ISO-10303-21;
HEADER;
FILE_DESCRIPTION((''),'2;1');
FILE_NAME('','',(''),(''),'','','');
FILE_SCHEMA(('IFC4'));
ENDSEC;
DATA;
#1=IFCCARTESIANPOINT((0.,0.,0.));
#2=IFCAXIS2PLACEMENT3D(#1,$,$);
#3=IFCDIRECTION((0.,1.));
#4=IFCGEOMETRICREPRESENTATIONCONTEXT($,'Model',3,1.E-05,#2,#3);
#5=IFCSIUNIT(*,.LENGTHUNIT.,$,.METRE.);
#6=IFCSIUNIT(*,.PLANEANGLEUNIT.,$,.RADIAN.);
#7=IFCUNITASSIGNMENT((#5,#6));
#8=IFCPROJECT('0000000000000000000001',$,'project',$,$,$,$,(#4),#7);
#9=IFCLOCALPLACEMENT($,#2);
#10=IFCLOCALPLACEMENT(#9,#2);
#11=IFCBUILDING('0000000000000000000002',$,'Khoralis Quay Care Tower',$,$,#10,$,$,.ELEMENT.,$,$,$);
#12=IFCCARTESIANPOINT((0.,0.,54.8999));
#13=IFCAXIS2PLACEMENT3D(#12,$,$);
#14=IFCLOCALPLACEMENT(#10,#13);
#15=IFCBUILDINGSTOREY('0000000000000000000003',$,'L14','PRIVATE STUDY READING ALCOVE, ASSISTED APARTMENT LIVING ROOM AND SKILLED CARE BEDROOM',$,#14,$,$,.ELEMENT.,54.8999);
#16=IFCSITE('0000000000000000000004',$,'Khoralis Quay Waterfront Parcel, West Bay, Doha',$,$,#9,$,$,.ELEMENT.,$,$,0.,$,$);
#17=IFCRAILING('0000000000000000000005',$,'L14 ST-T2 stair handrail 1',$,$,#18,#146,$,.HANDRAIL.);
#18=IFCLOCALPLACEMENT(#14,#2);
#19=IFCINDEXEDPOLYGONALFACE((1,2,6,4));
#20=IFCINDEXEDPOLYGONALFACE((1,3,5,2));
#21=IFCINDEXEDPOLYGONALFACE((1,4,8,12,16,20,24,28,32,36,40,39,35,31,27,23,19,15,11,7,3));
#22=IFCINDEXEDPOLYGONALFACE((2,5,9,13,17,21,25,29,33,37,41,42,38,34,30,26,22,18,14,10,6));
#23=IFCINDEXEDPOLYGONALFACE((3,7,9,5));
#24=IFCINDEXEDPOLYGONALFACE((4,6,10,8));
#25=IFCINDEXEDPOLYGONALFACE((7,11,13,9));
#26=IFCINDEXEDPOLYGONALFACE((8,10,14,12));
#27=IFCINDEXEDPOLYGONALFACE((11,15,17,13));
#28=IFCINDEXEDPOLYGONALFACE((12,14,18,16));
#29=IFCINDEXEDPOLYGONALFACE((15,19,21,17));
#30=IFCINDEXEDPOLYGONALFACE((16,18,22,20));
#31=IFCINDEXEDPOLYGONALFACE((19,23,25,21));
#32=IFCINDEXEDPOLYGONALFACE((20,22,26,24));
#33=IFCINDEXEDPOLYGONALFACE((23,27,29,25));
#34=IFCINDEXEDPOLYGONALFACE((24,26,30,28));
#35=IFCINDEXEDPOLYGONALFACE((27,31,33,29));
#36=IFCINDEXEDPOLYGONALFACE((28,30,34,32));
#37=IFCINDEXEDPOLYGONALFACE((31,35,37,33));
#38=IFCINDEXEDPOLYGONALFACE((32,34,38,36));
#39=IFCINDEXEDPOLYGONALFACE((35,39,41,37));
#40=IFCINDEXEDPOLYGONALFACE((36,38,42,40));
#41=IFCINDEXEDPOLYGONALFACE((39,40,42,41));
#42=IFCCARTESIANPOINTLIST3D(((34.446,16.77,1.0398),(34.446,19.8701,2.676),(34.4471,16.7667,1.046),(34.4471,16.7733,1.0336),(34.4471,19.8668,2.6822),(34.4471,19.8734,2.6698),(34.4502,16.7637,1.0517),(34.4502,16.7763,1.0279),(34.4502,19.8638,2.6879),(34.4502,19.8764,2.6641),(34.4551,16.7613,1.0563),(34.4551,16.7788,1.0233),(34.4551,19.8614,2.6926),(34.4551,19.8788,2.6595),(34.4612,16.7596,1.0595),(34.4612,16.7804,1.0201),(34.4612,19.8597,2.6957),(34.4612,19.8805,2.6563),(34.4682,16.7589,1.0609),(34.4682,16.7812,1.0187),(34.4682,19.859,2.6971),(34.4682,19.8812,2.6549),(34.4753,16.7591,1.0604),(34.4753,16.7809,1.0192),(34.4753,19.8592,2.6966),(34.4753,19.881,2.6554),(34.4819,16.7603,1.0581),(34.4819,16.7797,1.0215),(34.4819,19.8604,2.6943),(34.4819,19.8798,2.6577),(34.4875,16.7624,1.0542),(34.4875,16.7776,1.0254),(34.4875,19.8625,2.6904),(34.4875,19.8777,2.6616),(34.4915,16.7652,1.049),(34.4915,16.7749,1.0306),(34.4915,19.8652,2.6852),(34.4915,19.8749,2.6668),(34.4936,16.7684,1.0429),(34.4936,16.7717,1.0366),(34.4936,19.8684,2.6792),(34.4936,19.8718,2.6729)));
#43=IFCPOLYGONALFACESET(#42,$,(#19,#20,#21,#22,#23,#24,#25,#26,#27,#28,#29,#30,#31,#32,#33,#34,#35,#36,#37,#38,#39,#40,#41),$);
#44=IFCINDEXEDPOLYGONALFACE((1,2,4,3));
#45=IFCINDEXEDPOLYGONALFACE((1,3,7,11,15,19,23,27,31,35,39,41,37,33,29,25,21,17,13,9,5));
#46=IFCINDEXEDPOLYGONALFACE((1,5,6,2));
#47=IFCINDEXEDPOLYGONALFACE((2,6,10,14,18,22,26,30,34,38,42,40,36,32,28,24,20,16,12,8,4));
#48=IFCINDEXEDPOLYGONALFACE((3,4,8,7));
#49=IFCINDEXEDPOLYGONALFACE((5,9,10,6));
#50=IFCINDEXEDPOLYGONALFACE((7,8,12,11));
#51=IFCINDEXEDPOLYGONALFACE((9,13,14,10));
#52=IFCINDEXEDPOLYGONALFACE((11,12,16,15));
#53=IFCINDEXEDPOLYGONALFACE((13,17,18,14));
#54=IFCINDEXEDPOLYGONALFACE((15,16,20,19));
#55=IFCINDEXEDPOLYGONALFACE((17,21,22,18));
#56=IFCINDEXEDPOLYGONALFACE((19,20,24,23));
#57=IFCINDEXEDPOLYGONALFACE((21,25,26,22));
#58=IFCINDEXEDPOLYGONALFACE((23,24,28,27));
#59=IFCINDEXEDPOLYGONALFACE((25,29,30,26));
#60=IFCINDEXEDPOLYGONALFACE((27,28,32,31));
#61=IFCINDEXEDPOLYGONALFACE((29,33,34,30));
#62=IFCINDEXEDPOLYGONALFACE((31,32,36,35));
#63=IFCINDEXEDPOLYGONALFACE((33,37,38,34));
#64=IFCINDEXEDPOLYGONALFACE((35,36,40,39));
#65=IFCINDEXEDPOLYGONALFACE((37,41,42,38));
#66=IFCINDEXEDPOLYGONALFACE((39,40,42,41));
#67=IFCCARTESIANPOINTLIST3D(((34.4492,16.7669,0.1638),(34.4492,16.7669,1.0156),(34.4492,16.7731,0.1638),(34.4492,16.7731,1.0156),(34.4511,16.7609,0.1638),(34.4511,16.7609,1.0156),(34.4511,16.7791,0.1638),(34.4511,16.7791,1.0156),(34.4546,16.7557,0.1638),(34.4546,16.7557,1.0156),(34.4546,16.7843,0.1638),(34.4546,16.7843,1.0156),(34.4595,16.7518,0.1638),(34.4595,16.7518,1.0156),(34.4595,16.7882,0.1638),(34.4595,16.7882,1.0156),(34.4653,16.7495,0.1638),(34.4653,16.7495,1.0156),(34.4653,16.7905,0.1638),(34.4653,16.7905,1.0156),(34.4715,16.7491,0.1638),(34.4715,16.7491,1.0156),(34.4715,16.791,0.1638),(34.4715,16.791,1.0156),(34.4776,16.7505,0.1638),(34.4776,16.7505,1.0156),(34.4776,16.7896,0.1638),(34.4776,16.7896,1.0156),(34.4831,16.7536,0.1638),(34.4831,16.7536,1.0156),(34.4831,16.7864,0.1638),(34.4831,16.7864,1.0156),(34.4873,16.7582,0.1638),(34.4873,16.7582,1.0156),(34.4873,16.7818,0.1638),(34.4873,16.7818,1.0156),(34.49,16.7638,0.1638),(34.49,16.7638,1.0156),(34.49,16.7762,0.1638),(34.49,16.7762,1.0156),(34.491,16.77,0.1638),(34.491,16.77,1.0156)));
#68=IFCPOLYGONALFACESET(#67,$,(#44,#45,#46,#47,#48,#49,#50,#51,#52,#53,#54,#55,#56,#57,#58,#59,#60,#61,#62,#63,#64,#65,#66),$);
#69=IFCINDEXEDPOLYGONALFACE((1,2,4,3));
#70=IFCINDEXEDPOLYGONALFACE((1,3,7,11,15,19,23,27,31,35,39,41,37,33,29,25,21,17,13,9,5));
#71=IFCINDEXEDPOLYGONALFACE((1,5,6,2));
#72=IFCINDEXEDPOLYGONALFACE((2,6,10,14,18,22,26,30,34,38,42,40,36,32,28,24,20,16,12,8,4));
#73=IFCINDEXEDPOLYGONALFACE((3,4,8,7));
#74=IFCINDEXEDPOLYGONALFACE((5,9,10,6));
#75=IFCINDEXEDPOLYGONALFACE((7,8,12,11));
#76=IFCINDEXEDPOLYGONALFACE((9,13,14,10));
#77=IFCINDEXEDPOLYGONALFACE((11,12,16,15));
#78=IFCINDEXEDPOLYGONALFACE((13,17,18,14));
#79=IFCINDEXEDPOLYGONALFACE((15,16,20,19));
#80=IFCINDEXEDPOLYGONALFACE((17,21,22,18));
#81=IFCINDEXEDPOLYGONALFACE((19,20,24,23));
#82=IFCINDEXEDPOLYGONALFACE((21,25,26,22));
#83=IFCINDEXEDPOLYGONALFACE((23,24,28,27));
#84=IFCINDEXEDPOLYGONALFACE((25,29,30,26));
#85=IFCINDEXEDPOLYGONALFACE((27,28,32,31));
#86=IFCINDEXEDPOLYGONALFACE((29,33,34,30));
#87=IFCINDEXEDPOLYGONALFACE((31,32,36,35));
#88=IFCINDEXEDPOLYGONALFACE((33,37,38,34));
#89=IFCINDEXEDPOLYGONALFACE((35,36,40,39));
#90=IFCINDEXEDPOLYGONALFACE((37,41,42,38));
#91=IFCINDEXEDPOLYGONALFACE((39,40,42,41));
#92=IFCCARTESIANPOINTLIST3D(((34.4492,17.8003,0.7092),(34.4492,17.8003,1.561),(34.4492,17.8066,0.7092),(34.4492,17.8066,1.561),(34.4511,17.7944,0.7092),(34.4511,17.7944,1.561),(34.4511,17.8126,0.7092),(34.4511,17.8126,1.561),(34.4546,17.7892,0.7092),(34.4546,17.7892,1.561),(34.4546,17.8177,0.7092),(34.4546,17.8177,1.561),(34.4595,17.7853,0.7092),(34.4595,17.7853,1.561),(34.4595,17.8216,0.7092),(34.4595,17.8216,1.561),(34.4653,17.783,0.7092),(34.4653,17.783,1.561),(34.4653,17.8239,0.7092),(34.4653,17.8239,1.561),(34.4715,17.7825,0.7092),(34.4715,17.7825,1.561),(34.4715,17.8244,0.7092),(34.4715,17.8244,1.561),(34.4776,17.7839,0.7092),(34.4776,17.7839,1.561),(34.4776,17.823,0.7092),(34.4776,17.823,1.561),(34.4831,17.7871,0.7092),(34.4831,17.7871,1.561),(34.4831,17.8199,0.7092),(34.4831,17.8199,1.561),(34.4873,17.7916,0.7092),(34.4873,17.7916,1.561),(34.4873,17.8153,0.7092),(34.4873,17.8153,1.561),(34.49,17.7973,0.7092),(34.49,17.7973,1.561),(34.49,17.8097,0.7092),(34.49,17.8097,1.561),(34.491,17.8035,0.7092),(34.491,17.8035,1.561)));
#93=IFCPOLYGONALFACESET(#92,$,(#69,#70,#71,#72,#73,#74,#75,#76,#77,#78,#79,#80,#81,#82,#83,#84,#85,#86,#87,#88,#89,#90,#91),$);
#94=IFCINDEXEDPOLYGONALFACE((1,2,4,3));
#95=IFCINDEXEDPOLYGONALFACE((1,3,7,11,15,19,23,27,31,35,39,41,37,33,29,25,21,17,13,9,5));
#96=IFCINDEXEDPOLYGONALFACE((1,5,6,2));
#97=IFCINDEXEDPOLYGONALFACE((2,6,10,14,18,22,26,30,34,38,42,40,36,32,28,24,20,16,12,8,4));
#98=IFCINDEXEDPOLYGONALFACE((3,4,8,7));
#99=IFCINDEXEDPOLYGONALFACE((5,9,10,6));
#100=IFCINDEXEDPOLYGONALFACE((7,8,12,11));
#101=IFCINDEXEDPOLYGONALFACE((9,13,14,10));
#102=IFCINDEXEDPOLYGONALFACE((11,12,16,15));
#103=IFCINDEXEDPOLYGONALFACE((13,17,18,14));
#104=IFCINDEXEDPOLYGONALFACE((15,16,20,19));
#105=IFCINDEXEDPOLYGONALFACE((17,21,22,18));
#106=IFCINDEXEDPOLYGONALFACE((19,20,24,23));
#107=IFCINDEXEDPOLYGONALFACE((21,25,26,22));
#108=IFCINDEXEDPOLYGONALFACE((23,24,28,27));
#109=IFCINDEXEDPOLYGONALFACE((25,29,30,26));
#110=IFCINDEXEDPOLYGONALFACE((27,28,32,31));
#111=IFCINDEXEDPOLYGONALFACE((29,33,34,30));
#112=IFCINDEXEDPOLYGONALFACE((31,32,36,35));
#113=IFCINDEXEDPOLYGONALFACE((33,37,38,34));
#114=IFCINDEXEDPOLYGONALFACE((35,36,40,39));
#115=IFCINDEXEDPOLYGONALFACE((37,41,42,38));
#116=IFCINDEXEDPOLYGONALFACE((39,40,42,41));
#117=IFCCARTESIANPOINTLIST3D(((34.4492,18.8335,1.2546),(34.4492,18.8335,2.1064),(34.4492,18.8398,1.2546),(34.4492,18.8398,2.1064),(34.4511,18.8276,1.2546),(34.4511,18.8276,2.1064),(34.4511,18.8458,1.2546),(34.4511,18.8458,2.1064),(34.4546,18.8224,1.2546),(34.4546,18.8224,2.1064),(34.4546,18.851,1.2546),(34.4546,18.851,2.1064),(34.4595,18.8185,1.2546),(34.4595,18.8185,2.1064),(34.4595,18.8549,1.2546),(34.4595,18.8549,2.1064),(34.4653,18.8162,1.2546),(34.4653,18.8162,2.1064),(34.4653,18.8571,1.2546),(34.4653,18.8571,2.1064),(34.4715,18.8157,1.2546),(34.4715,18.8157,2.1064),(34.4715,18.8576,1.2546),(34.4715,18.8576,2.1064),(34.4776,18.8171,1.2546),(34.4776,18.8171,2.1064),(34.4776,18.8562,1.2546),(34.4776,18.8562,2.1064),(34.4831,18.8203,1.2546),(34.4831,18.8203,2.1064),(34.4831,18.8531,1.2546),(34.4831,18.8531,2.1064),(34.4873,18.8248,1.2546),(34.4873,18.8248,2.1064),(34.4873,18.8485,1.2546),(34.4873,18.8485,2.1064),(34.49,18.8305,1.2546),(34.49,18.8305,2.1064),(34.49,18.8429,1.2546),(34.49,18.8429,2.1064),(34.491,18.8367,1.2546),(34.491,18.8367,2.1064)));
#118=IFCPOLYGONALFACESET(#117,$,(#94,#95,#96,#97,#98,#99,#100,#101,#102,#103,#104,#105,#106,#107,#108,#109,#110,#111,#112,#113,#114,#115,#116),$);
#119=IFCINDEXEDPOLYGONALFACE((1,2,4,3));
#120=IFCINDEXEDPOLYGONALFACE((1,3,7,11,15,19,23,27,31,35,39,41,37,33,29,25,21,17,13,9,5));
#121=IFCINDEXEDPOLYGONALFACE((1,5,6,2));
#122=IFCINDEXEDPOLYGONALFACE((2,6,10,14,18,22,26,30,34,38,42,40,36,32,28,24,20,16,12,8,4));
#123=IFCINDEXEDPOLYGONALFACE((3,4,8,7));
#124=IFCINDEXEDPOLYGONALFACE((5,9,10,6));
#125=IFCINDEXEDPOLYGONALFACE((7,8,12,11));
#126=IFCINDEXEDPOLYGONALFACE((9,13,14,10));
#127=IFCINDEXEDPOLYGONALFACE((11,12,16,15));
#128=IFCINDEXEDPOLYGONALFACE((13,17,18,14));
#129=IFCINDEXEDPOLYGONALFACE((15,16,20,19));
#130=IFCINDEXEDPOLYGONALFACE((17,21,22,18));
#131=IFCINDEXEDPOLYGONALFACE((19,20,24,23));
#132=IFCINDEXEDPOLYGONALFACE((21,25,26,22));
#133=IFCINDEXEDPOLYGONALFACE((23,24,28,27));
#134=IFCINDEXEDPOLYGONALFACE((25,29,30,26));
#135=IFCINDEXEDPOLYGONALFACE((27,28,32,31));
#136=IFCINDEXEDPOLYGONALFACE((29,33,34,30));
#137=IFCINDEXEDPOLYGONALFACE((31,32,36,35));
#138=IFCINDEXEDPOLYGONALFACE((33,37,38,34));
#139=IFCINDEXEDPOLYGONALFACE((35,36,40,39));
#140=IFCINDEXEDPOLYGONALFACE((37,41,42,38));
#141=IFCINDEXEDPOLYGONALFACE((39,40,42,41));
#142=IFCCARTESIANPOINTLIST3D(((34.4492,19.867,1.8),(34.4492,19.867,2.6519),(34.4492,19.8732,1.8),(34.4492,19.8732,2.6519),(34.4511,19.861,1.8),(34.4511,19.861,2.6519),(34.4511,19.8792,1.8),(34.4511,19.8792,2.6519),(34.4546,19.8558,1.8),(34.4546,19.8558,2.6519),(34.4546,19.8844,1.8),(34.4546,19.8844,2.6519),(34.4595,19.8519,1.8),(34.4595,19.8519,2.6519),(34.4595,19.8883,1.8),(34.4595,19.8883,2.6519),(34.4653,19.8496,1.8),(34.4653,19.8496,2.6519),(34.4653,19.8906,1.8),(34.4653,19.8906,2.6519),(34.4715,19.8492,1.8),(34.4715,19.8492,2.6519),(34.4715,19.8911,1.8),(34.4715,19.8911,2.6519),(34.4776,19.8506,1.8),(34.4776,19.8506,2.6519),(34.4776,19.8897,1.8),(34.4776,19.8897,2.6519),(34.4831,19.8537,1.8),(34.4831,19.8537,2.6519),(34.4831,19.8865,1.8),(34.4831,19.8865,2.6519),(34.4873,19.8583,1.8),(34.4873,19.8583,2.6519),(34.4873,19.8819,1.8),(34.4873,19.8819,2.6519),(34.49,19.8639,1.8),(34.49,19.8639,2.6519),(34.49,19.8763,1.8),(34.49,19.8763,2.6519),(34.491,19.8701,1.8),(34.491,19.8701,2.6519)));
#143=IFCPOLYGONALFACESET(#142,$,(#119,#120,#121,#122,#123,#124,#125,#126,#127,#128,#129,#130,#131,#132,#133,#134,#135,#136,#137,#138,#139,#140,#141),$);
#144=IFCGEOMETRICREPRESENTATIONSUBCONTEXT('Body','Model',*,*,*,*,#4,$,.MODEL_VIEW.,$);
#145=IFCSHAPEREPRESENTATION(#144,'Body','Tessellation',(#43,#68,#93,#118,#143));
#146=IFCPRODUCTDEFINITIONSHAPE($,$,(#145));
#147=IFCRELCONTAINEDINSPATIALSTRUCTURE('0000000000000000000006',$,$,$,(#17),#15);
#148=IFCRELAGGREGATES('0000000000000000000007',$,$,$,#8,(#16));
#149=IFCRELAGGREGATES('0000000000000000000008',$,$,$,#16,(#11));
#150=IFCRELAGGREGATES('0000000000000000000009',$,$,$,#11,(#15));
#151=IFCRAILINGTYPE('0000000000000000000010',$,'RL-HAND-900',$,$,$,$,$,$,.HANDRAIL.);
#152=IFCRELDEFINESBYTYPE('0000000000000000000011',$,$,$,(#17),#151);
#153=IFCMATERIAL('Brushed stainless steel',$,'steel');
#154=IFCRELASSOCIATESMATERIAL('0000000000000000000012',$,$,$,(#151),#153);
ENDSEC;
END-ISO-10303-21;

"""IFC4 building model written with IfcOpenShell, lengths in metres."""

from ifc_helpers import new_model, si_unit, direction, frame, origin, origin_2d, place, context, subcontext, project, spatial, circle, extrude, material, type_object, element, save


model = new_model("IFC4")

# Units and contexts
model_context = context("Model", 3, precision=1e-05, world=origin(), true_north=direction((0.0, 1.0)))
body_context = subcontext(model_context, "Body", "Model", "MODEL_VIEW")
ifc_project = project(units=[si_unit("LENGTHUNIT", "METRE"), si_unit("PLANEANGLEUNIT", "RADIAN")], contexts=[model_context])

# Site, building, storey
site_placement = place(None, origin())
site = spatial("IfcSite", under=ifc_project, at=site_placement, Name="Khoralis Quay Waterfront Parcel, West Bay, Doha", CompositionType="ELEMENT", RefElevation=0.0)
building_placement = place(site_placement, origin())
building = spatial("IfcBuilding", under=site, at=building_placement, Name="Khoralis Quay Care Tower", CompositionType="ELEMENT")
storey_placement = place(building_placement, frame((0.0, 0.0, 54.8999)))
storey = spatial("IfcBuildingStorey", under=building, at=storey_placement, Name="L14", Description="PRIVATE STUDY READING ALCOVE, ASSISTED APARTMENT LIVING ROOM AND SKILLED CARE BEDROOM", CompositionType="ELEMENT", Elevation=54.8999)

# Railing
ifc_material_1 = material(Name="Brushed stainless steel", Category="steel")
railing_type_1 = type_object("IfcRailingType", Name="RL-HAND-900", PredefinedType="HANDRAIL", material=ifc_material_1)
railing_1_placement = place(storey_placement, frame((34.47, 16.77, 0.1638)))
element("IfcRailing", 1, at=railing_1_placement, inside=storey, type_object=railing_type_1, Name="L14 ST-T2 stair handrail 1", PredefinedType="HANDRAIL", context=body_context, shape_type="SweptSolid", body=[
    extrude(circle(Radius=0.0239, at=origin_2d()), frame((0.0, 0.0, 0.876), z_axis=(0.0, 0.884377, 0.466774), x_axis=(-1.0, 0.0, 0.0)), (0.0, 0.0, 1.0), 3.5054),
    extrude(circle(Radius=0.021, at=origin_2d()), origin(), (0.0, 0.0, 1.0), 0.8518),
    extrude(circle(Radius=0.021, at=origin_2d()), frame((0.0, 1.0334, 0.5454)), (0.0, 0.0, 1.0), 0.8518),
    extrude(circle(Radius=0.021, at=origin_2d()), frame((0.0, 2.0667, 1.0908)), (0.0, 0.0, 1.0), 0.8518),
    extrude(circle(Radius=0.021, at=origin_2d()), frame((0.0, 3.1001, 1.6362)), (0.0, 0.0, 1.0), 0.8518),
])

save(model, "model.ifc")
